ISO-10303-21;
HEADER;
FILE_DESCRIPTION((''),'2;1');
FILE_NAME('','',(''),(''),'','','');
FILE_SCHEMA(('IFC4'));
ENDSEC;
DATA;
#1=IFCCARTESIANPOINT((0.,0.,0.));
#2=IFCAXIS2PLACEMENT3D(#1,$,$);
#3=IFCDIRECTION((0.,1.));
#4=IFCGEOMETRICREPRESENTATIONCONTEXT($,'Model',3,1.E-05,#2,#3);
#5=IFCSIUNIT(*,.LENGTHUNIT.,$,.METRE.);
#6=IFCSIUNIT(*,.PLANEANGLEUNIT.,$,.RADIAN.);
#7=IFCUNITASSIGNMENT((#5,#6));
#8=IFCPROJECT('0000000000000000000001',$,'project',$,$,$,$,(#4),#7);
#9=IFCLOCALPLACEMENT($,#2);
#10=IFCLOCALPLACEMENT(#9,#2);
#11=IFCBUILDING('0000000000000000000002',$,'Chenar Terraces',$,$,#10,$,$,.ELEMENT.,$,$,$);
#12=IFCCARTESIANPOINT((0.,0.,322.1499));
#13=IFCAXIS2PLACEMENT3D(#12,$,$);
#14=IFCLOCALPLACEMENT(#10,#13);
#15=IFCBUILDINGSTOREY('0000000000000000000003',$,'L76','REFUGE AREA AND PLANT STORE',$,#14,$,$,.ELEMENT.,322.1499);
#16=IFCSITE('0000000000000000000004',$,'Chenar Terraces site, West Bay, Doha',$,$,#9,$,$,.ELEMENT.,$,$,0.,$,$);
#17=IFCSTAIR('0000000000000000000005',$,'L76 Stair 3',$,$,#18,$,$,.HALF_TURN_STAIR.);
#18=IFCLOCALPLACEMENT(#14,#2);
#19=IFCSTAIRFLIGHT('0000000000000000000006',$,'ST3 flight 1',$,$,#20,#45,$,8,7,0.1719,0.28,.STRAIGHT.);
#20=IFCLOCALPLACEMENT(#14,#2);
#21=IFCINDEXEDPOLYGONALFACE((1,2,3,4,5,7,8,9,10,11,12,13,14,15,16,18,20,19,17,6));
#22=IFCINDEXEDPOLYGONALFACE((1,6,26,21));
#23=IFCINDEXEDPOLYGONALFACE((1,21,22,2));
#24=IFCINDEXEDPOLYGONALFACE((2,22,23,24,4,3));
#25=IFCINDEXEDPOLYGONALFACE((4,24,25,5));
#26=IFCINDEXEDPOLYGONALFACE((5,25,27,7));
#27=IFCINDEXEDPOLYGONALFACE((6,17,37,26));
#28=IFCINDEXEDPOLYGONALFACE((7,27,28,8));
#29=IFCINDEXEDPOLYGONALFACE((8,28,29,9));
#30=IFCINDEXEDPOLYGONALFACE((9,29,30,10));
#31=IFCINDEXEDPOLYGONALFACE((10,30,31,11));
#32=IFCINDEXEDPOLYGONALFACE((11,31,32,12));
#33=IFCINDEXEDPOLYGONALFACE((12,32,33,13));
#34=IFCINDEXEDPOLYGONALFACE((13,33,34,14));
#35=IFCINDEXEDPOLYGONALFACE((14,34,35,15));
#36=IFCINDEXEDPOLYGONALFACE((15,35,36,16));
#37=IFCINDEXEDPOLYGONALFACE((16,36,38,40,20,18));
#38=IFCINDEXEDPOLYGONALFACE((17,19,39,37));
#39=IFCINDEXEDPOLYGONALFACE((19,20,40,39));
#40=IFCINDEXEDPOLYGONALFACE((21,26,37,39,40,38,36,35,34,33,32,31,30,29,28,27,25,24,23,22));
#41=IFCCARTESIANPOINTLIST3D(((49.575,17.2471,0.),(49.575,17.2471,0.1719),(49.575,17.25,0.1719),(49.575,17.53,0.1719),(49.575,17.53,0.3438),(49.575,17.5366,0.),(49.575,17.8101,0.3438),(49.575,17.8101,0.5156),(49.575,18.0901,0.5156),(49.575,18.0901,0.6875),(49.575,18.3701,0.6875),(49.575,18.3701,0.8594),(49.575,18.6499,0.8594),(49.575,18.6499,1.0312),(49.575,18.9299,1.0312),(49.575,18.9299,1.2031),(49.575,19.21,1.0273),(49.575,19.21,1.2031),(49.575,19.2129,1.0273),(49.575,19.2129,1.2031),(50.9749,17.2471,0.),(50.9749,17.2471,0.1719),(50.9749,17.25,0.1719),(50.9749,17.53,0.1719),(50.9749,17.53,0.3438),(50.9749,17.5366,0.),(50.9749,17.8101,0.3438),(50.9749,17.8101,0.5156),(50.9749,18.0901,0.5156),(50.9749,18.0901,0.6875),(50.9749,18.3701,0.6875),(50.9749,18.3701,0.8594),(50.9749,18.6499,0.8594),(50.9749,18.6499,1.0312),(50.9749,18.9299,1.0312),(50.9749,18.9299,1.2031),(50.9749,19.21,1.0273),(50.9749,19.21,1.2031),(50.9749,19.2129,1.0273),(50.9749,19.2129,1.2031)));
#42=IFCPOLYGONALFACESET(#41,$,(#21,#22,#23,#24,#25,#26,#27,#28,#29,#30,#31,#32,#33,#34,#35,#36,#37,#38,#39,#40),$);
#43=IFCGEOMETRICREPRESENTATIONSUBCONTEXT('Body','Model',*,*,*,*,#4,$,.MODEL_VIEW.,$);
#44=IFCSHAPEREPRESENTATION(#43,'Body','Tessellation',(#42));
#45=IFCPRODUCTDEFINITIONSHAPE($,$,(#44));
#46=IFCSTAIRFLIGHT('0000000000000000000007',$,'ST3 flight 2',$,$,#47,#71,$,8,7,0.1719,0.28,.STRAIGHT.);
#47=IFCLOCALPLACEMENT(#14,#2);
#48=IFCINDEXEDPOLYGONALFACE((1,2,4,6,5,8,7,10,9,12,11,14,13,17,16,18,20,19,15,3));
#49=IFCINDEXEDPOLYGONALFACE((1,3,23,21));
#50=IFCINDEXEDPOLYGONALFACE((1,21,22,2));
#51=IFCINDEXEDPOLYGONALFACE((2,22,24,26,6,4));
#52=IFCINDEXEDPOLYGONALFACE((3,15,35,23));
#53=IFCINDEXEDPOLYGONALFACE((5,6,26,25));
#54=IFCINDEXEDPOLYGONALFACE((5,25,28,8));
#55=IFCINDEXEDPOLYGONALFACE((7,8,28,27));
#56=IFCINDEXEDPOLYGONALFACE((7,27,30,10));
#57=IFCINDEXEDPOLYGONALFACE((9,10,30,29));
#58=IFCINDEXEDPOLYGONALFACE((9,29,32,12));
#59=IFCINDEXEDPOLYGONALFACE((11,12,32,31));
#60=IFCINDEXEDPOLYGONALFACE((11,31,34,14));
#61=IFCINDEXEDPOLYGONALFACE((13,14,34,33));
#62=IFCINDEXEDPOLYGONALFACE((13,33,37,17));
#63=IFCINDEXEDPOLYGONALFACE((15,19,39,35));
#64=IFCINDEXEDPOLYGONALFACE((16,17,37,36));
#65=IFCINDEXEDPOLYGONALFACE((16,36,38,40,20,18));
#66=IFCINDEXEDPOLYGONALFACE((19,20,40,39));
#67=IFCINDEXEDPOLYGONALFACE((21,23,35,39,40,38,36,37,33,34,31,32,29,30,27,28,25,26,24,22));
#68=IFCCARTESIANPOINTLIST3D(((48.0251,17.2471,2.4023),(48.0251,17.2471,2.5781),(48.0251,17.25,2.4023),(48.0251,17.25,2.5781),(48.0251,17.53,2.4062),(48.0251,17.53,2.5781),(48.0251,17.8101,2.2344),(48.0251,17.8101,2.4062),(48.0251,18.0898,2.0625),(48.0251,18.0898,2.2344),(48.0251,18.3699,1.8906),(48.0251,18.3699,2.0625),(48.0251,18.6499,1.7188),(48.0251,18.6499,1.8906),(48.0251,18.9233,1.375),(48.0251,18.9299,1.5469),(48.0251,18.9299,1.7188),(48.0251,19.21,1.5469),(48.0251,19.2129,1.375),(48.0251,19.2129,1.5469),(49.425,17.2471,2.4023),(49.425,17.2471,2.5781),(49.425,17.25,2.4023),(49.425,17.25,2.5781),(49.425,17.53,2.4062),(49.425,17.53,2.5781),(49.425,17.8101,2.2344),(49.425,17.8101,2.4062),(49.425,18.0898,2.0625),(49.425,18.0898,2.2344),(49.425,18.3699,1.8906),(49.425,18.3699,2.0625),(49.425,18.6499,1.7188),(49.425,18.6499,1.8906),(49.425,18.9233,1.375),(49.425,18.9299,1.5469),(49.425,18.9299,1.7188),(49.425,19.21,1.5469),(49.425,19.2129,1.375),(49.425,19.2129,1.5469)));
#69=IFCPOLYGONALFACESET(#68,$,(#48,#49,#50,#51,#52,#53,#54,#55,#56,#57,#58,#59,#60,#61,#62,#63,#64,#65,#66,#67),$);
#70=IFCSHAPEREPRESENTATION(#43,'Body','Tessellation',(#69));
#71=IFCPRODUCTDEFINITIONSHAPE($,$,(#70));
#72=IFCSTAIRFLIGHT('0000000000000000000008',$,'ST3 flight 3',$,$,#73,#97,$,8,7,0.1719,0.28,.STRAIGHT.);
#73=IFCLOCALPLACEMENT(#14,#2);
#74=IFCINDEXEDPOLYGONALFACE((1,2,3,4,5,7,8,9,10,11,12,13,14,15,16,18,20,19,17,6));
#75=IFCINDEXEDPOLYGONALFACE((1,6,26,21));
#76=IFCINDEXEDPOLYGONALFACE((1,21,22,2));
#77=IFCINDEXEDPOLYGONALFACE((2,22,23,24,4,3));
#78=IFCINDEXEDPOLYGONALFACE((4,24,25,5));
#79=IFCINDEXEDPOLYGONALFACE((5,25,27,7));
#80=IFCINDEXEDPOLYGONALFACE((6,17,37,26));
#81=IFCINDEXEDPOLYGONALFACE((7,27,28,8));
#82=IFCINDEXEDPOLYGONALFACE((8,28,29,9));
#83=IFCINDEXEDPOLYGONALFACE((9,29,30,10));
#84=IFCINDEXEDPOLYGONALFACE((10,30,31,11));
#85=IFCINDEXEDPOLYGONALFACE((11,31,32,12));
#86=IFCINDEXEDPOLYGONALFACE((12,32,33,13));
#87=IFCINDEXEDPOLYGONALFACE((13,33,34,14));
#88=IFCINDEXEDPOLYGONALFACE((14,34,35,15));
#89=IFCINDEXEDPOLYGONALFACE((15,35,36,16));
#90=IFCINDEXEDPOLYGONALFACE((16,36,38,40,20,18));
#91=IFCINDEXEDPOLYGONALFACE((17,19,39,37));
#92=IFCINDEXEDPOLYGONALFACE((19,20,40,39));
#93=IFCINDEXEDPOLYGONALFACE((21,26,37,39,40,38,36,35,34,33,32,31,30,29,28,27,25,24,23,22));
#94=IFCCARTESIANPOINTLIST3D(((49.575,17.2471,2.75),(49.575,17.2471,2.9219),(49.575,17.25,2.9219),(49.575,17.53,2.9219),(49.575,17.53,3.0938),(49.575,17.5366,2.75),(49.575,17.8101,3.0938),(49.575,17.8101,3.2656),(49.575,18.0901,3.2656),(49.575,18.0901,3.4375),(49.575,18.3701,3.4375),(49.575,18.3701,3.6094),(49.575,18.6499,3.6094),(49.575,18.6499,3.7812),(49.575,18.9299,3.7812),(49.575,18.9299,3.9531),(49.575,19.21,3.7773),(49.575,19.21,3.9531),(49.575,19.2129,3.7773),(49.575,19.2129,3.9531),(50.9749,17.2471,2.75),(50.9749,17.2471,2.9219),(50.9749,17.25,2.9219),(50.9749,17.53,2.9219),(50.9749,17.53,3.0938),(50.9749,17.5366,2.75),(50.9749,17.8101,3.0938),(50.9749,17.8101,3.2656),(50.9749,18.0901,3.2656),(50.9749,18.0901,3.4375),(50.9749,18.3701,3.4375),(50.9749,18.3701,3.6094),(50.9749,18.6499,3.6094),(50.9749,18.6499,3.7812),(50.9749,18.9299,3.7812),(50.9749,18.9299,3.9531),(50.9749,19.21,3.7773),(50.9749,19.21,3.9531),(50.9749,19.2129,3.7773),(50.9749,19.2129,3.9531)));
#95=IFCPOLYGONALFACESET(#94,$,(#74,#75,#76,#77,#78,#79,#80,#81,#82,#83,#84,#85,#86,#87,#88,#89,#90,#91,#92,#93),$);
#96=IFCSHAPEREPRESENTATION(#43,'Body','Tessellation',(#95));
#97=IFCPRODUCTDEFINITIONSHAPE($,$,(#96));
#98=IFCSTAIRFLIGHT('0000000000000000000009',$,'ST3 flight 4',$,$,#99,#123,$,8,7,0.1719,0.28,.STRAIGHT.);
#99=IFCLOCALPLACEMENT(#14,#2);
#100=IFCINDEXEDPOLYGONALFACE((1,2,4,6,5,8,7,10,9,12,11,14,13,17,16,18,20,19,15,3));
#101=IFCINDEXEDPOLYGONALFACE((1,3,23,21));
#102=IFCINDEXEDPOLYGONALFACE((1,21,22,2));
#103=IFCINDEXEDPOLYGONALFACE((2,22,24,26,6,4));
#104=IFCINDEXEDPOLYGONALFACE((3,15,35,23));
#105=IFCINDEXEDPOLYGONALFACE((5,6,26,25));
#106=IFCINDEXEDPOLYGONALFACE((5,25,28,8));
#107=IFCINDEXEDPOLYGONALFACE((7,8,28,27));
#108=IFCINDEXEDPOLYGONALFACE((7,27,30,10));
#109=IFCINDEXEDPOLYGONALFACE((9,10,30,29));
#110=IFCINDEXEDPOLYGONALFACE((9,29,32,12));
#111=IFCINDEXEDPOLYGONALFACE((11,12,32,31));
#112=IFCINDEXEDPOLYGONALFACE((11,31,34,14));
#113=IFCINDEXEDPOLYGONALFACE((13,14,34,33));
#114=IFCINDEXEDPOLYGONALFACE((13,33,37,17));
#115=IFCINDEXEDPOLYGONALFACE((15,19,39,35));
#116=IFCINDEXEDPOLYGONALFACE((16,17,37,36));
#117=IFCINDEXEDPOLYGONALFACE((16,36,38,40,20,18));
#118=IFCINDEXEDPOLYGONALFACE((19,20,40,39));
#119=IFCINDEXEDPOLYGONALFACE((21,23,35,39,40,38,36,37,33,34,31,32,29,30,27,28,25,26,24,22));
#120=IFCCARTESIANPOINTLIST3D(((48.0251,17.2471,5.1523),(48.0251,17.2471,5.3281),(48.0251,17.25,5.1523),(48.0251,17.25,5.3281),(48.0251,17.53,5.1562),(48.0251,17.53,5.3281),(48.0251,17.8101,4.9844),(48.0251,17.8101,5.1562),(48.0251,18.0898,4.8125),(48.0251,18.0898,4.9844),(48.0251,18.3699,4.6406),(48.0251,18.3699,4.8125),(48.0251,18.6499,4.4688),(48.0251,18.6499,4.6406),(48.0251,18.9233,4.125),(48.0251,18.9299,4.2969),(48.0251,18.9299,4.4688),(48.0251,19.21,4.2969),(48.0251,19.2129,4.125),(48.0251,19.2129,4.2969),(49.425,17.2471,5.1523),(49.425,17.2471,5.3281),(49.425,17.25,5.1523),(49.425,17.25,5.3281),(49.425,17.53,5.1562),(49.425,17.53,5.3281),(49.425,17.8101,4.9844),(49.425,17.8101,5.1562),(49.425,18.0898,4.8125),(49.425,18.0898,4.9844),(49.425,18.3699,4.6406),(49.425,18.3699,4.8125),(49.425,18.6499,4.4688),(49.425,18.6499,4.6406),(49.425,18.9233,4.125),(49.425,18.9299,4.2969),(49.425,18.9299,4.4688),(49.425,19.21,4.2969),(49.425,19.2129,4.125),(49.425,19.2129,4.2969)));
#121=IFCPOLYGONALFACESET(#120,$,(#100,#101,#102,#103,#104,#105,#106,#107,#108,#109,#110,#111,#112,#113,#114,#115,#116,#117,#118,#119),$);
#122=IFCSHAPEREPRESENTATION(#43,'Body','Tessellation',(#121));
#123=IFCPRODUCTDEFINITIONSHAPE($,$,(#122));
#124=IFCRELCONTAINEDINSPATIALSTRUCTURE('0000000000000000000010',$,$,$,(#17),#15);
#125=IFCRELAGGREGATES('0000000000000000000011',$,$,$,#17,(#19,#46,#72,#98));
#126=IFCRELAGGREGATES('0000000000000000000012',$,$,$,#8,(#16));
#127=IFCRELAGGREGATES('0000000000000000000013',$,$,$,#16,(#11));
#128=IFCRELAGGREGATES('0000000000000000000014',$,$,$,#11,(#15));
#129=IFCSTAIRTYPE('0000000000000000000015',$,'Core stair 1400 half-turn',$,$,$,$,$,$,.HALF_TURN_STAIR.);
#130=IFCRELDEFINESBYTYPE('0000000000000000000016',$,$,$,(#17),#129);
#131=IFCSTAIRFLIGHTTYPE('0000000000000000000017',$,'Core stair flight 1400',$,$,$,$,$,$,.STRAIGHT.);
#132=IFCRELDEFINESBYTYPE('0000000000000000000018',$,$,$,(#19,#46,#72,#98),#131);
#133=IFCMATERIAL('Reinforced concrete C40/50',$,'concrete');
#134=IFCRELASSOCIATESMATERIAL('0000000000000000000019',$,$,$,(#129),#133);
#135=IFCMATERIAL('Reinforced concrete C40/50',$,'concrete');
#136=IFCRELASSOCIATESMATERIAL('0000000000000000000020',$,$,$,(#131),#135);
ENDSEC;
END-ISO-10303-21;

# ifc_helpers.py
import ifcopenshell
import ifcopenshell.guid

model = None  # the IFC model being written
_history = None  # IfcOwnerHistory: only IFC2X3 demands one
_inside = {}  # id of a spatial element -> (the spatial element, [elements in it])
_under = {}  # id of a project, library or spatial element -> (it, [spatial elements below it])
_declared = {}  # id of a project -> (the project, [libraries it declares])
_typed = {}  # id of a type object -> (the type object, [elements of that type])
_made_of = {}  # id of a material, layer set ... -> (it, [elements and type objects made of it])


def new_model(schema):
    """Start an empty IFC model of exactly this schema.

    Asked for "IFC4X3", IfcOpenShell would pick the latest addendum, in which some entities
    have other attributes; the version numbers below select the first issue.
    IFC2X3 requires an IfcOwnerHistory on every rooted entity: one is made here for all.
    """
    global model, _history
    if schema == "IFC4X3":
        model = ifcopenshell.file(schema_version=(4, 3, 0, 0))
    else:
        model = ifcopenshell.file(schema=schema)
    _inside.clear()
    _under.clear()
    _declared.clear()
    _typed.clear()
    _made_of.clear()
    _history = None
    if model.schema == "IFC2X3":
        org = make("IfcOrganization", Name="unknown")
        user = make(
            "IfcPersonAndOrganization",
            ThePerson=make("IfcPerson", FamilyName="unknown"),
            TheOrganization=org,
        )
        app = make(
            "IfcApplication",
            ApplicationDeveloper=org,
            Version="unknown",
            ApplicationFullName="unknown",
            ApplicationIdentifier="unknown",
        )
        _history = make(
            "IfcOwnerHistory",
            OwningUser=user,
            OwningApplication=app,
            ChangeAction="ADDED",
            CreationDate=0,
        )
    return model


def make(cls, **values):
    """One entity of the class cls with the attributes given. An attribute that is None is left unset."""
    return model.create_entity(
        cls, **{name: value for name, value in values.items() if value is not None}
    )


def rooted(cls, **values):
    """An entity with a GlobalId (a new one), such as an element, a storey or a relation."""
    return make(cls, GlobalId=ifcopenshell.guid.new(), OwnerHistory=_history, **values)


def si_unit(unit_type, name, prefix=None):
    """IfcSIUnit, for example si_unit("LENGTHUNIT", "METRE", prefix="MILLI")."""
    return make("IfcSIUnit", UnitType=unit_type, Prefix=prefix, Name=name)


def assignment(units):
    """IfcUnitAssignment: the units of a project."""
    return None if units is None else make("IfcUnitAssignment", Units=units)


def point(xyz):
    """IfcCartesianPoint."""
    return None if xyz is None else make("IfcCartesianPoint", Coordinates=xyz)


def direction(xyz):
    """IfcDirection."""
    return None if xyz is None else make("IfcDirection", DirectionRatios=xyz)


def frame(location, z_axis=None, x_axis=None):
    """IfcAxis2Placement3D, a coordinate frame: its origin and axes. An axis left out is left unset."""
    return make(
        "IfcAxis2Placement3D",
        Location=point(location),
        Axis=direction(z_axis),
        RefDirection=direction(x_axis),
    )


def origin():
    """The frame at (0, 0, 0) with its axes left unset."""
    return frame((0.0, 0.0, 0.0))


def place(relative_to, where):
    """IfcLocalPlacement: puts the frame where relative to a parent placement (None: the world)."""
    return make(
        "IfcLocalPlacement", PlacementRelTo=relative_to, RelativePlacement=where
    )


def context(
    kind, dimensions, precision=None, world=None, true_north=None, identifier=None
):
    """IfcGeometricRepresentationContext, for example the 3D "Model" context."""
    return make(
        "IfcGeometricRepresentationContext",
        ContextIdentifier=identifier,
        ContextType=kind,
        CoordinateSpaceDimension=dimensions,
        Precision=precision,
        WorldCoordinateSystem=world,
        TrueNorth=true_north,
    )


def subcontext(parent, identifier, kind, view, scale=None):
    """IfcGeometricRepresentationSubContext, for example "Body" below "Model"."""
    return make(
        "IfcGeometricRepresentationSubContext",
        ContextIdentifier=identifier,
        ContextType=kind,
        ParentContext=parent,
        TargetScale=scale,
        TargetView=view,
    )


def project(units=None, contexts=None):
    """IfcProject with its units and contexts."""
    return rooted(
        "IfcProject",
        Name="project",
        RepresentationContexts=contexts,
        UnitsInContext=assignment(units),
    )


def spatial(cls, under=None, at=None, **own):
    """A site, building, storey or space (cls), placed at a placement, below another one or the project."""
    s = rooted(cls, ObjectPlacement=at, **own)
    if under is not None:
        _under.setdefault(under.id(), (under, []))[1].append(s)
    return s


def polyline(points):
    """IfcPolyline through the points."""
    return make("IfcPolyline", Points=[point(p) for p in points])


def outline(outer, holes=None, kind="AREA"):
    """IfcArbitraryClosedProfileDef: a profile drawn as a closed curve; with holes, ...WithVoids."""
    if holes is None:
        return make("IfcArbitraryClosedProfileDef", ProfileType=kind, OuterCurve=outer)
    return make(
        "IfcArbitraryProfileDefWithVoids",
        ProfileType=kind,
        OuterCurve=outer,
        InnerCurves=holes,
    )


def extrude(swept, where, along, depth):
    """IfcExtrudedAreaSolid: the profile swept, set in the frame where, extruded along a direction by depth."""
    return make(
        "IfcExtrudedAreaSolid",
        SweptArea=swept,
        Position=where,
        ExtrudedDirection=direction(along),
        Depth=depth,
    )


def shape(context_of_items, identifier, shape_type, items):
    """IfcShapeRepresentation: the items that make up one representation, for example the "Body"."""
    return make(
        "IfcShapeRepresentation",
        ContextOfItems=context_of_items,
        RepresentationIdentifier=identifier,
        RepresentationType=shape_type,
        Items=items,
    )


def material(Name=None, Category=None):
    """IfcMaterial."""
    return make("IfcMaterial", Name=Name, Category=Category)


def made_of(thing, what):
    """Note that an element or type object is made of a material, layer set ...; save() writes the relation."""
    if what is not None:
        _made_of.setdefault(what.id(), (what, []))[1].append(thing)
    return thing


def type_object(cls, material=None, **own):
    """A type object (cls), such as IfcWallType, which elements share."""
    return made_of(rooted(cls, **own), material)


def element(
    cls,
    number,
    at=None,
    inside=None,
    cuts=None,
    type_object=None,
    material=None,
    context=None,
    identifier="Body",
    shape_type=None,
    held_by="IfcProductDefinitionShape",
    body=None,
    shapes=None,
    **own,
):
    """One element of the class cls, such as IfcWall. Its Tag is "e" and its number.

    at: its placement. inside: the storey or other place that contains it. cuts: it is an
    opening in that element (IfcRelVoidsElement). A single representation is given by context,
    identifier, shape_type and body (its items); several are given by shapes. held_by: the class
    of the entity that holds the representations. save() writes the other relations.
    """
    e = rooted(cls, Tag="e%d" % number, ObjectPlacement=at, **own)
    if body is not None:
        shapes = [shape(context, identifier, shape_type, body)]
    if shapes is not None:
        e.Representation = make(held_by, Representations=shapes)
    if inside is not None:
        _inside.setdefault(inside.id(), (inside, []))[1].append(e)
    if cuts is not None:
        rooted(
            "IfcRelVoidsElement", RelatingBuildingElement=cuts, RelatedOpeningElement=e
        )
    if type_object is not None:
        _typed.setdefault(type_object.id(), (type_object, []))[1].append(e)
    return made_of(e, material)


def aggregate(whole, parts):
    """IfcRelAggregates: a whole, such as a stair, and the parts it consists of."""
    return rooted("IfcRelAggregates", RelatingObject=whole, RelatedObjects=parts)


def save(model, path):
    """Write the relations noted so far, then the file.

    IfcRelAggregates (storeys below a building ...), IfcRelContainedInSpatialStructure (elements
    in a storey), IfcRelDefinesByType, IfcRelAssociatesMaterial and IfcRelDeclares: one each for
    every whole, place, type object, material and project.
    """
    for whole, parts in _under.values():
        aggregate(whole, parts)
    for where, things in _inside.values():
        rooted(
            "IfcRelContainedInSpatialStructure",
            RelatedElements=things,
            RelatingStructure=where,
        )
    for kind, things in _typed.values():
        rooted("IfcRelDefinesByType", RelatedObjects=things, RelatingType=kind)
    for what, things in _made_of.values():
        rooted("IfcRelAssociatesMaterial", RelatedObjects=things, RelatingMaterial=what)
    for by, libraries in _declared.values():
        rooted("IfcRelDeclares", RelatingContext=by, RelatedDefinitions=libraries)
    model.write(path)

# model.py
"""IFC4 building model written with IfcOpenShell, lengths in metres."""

from ifc_helpers import new_model, si_unit, direction, frame, origin, place, context, subcontext, project, spatial, polyline, outline, extrude, material, type_object, element, aggregate, save


model = new_model("IFC4")

# Units and contexts
model_context = context("Model", 3, precision=1e-05, world=origin(), true_north=direction((0.0, 1.0)))
body_context = subcontext(model_context, "Body", "Model", "MODEL_VIEW")
ifc_project = project(units=[si_unit("LENGTHUNIT", "METRE"), si_unit("PLANEANGLEUNIT", "RADIAN")], contexts=[model_context])

# Site, building, storey
site_placement = place(None, origin())
site = spatial("IfcSite", under=ifc_project, at=site_placement, Name="Chenar Terraces site, West Bay, Doha", CompositionType="ELEMENT", RefElevation=0.0)
building_placement = place(site_placement, origin())
building = spatial("IfcBuilding", under=site, at=building_placement, Name="Chenar Terraces", CompositionType="ELEMENT")
storey_placement = place(building_placement, frame((0.0, 0.0, 322.1499)))
storey = spatial("IfcBuildingStorey", under=building, at=storey_placement, Name="L76", Description="REFUGE AREA AND PLANT STORE", CompositionType="ELEMENT", Elevation=322.1499)

# Stair, stair flights
ifc_material_1 = material(Name="Reinforced concrete C40/50", Category="concrete")
stair_type = type_object("IfcStairType", Name="Core stair 1400 half-turn", PredefinedType="HALF_TURN_STAIR", material=ifc_material_1)
stair_placement = place(storey_placement, origin())
stair = element("IfcStair", 1, at=stair_placement, inside=storey, type_object=stair_type, Name="L76 Stair 3", PredefinedType="HALF_TURN_STAIR")
ifc_material_2 = material(Name="Reinforced concrete C40/50", Category="concrete")
stair_flight_type = type_object("IfcStairFlightType", Name="Core stair flight 1400", PredefinedType="STRAIGHT", material=ifc_material_2)
stair_flight_1_placement = place(storey_placement, frame((50.2749, 17.25, 0.0), z_axis=(0.0, 0.0, 1.0), x_axis=(0.0, 1.0, 0.0)))
stair_flight_1 = element("IfcStairFlight", 2, at=stair_flight_1_placement, type_object=stair_flight_type, Name="ST3 flight 1", NumberOfRisers=8, NumberOfTreads=7, PredefinedType="STRAIGHT", RiserHeight=0.1719, TreadLength=0.28, context=body_context, shape_type="SweptSolid", body=[
    extrude(outline(polyline([(-0.0029, 0.0), (-0.0029, 0.1719), (0.0, 0.1719), (0.28, 0.1719), (0.28, 0.3438), (0.5601, 0.3438), (0.5601, 0.5156), (0.8401, 0.5156), (0.8401, 0.6875), (1.1201, 0.6875), (1.1201, 0.8594), (1.3999, 0.8594), (1.3999, 1.0312), (1.6799, 1.0312), (1.6799, 1.2031), (1.96, 1.2031), (1.9629, 1.2031), (1.9629, 1.0273), (1.96, 1.0273), (0.2866, 0.0), (-0.0029, 0.0)])), frame((0.0, 0.7, 0.0), z_axis=(0.0, -1.0, 0.0), x_axis=(1.0, 0.0, 0.0)), (0.0, 0.0, 1.0), 1.3999),
])
stair_flight_2_placement = place(storey_placement, frame((48.7251, 19.21, 1.375), z_axis=(0.0, 0.0, 1.0), x_axis=(0.0, -1.0, 0.0)))
stair_flight_2 = element("IfcStairFlight", 3, at=stair_flight_2_placement, type_object=stair_flight_type, Name="ST3 flight 2", NumberOfRisers=8, NumberOfTreads=7, PredefinedType="STRAIGHT", RiserHeight=0.1719, TreadLength=0.28, context=body_context, shape_type="SweptSolid", body=[
    extrude(outline(polyline([(-0.0029, 0.0), (-0.0029, 0.1719), (0.0, 0.1719), (0.28, 0.1719), (0.28, 0.3438), (0.5601, 0.3438), (0.5601, 0.5156), (0.8401, 0.5156), (0.8401, 0.6875), (1.1201, 0.6875), (1.1201, 0.8594), (1.3999, 0.8594), (1.3999, 1.0312), (1.6799, 1.0312), (1.6799, 1.2031), (1.96, 1.2031), (1.9629, 1.2031), (1.9629, 1.0273), (1.96, 1.0273), (0.2866, 0.0), (-0.0029, 0.0)])), frame((0.0, 0.7, 0.0), z_axis=(0.0, -1.0, 0.0), x_axis=(1.0, 0.0, 0.0)), (0.0, 0.0, 1.0), 1.3999),
])
stair_flight_3_placement = place(storey_placement, frame((50.2749, 17.25, 2.75), z_axis=(0.0, 0.0, 1.0), x_axis=(0.0, 1.0, 0.0)))
stair_flight_3 = element("IfcStairFlight", 4, at=stair_flight_3_placement, type_object=stair_flight_type, Name="ST3 flight 3", NumberOfRisers=8, NumberOfTreads=7, PredefinedType="STRAIGHT", RiserHeight=0.1719, TreadLength=0.28, context=body_context, shape_type="SweptSolid", body=[
    extrude(outline(polyline([(-0.0029, 0.0), (-0.0029, 0.1719), (0.0, 0.1719), (0.28, 0.1719), (0.28, 0.3438), (0.5601, 0.3438), (0.5601, 0.5156), (0.8401, 0.5156), (0.8401, 0.6875), (1.1201, 0.6875), (1.1201, 0.8594), (1.3999, 0.8594), (1.3999, 1.0312), (1.6799, 1.0312), (1.6799, 1.2031), (1.96, 1.2031), (1.9629, 1.2031), (1.9629, 1.0273), (1.96, 1.0273), (0.2866, 0.0), (-0.0029, 0.0)])), frame((0.0, 0.7, 0.0), z_axis=(0.0, -1.0, 0.0), x_axis=(1.0, 0.0, 0.0)), (0.0, 0.0, 1.0), 1.3999),
])
stair_flight_4_placement = place(storey_placement, frame((48.7251, 19.21, 4.125), z_axis=(0.0, 0.0, 1.0), x_axis=(0.0, -1.0, 0.0)))
stair_flight_4 = element("IfcStairFlight", 5, at=stair_flight_4_placement, type_object=stair_flight_type, Name="ST3 flight 4", NumberOfRisers=8, NumberOfTreads=7, PredefinedType="STRAIGHT", RiserHeight=0.1719, TreadLength=0.28, context=body_context, shape_type="SweptSolid", body=[
    extrude(outline(polyline([(-0.0029, 0.0), (-0.0029, 0.1719), (0.0, 0.1719), (0.28, 0.1719), (0.28, 0.3438), (0.5601, 0.3438), (0.5601, 0.5156), (0.8401, 0.5156), (0.8401, 0.6875), (1.1201, 0.6875), (1.1201, 0.8594), (1.3999, 0.8594), (1.3999, 1.0312), (1.6799, 1.0312), (1.6799, 1.2031), (1.96, 1.2031), (1.9629, 1.2031), (1.9629, 1.0273), (1.96, 1.0273), (0.2866, 0.0), (-0.0029, 0.0)])), frame((0.0, 0.7, 0.0), z_axis=(0.0, -1.0, 0.0), x_axis=(1.0, 0.0, 0.0)), (0.0, 0.0, 1.0), 1.3999),
])
aggregate(stair, [stair_flight_1, stair_flight_2, stair_flight_3, stair_flight_4])

save(model, "model.ifc")
